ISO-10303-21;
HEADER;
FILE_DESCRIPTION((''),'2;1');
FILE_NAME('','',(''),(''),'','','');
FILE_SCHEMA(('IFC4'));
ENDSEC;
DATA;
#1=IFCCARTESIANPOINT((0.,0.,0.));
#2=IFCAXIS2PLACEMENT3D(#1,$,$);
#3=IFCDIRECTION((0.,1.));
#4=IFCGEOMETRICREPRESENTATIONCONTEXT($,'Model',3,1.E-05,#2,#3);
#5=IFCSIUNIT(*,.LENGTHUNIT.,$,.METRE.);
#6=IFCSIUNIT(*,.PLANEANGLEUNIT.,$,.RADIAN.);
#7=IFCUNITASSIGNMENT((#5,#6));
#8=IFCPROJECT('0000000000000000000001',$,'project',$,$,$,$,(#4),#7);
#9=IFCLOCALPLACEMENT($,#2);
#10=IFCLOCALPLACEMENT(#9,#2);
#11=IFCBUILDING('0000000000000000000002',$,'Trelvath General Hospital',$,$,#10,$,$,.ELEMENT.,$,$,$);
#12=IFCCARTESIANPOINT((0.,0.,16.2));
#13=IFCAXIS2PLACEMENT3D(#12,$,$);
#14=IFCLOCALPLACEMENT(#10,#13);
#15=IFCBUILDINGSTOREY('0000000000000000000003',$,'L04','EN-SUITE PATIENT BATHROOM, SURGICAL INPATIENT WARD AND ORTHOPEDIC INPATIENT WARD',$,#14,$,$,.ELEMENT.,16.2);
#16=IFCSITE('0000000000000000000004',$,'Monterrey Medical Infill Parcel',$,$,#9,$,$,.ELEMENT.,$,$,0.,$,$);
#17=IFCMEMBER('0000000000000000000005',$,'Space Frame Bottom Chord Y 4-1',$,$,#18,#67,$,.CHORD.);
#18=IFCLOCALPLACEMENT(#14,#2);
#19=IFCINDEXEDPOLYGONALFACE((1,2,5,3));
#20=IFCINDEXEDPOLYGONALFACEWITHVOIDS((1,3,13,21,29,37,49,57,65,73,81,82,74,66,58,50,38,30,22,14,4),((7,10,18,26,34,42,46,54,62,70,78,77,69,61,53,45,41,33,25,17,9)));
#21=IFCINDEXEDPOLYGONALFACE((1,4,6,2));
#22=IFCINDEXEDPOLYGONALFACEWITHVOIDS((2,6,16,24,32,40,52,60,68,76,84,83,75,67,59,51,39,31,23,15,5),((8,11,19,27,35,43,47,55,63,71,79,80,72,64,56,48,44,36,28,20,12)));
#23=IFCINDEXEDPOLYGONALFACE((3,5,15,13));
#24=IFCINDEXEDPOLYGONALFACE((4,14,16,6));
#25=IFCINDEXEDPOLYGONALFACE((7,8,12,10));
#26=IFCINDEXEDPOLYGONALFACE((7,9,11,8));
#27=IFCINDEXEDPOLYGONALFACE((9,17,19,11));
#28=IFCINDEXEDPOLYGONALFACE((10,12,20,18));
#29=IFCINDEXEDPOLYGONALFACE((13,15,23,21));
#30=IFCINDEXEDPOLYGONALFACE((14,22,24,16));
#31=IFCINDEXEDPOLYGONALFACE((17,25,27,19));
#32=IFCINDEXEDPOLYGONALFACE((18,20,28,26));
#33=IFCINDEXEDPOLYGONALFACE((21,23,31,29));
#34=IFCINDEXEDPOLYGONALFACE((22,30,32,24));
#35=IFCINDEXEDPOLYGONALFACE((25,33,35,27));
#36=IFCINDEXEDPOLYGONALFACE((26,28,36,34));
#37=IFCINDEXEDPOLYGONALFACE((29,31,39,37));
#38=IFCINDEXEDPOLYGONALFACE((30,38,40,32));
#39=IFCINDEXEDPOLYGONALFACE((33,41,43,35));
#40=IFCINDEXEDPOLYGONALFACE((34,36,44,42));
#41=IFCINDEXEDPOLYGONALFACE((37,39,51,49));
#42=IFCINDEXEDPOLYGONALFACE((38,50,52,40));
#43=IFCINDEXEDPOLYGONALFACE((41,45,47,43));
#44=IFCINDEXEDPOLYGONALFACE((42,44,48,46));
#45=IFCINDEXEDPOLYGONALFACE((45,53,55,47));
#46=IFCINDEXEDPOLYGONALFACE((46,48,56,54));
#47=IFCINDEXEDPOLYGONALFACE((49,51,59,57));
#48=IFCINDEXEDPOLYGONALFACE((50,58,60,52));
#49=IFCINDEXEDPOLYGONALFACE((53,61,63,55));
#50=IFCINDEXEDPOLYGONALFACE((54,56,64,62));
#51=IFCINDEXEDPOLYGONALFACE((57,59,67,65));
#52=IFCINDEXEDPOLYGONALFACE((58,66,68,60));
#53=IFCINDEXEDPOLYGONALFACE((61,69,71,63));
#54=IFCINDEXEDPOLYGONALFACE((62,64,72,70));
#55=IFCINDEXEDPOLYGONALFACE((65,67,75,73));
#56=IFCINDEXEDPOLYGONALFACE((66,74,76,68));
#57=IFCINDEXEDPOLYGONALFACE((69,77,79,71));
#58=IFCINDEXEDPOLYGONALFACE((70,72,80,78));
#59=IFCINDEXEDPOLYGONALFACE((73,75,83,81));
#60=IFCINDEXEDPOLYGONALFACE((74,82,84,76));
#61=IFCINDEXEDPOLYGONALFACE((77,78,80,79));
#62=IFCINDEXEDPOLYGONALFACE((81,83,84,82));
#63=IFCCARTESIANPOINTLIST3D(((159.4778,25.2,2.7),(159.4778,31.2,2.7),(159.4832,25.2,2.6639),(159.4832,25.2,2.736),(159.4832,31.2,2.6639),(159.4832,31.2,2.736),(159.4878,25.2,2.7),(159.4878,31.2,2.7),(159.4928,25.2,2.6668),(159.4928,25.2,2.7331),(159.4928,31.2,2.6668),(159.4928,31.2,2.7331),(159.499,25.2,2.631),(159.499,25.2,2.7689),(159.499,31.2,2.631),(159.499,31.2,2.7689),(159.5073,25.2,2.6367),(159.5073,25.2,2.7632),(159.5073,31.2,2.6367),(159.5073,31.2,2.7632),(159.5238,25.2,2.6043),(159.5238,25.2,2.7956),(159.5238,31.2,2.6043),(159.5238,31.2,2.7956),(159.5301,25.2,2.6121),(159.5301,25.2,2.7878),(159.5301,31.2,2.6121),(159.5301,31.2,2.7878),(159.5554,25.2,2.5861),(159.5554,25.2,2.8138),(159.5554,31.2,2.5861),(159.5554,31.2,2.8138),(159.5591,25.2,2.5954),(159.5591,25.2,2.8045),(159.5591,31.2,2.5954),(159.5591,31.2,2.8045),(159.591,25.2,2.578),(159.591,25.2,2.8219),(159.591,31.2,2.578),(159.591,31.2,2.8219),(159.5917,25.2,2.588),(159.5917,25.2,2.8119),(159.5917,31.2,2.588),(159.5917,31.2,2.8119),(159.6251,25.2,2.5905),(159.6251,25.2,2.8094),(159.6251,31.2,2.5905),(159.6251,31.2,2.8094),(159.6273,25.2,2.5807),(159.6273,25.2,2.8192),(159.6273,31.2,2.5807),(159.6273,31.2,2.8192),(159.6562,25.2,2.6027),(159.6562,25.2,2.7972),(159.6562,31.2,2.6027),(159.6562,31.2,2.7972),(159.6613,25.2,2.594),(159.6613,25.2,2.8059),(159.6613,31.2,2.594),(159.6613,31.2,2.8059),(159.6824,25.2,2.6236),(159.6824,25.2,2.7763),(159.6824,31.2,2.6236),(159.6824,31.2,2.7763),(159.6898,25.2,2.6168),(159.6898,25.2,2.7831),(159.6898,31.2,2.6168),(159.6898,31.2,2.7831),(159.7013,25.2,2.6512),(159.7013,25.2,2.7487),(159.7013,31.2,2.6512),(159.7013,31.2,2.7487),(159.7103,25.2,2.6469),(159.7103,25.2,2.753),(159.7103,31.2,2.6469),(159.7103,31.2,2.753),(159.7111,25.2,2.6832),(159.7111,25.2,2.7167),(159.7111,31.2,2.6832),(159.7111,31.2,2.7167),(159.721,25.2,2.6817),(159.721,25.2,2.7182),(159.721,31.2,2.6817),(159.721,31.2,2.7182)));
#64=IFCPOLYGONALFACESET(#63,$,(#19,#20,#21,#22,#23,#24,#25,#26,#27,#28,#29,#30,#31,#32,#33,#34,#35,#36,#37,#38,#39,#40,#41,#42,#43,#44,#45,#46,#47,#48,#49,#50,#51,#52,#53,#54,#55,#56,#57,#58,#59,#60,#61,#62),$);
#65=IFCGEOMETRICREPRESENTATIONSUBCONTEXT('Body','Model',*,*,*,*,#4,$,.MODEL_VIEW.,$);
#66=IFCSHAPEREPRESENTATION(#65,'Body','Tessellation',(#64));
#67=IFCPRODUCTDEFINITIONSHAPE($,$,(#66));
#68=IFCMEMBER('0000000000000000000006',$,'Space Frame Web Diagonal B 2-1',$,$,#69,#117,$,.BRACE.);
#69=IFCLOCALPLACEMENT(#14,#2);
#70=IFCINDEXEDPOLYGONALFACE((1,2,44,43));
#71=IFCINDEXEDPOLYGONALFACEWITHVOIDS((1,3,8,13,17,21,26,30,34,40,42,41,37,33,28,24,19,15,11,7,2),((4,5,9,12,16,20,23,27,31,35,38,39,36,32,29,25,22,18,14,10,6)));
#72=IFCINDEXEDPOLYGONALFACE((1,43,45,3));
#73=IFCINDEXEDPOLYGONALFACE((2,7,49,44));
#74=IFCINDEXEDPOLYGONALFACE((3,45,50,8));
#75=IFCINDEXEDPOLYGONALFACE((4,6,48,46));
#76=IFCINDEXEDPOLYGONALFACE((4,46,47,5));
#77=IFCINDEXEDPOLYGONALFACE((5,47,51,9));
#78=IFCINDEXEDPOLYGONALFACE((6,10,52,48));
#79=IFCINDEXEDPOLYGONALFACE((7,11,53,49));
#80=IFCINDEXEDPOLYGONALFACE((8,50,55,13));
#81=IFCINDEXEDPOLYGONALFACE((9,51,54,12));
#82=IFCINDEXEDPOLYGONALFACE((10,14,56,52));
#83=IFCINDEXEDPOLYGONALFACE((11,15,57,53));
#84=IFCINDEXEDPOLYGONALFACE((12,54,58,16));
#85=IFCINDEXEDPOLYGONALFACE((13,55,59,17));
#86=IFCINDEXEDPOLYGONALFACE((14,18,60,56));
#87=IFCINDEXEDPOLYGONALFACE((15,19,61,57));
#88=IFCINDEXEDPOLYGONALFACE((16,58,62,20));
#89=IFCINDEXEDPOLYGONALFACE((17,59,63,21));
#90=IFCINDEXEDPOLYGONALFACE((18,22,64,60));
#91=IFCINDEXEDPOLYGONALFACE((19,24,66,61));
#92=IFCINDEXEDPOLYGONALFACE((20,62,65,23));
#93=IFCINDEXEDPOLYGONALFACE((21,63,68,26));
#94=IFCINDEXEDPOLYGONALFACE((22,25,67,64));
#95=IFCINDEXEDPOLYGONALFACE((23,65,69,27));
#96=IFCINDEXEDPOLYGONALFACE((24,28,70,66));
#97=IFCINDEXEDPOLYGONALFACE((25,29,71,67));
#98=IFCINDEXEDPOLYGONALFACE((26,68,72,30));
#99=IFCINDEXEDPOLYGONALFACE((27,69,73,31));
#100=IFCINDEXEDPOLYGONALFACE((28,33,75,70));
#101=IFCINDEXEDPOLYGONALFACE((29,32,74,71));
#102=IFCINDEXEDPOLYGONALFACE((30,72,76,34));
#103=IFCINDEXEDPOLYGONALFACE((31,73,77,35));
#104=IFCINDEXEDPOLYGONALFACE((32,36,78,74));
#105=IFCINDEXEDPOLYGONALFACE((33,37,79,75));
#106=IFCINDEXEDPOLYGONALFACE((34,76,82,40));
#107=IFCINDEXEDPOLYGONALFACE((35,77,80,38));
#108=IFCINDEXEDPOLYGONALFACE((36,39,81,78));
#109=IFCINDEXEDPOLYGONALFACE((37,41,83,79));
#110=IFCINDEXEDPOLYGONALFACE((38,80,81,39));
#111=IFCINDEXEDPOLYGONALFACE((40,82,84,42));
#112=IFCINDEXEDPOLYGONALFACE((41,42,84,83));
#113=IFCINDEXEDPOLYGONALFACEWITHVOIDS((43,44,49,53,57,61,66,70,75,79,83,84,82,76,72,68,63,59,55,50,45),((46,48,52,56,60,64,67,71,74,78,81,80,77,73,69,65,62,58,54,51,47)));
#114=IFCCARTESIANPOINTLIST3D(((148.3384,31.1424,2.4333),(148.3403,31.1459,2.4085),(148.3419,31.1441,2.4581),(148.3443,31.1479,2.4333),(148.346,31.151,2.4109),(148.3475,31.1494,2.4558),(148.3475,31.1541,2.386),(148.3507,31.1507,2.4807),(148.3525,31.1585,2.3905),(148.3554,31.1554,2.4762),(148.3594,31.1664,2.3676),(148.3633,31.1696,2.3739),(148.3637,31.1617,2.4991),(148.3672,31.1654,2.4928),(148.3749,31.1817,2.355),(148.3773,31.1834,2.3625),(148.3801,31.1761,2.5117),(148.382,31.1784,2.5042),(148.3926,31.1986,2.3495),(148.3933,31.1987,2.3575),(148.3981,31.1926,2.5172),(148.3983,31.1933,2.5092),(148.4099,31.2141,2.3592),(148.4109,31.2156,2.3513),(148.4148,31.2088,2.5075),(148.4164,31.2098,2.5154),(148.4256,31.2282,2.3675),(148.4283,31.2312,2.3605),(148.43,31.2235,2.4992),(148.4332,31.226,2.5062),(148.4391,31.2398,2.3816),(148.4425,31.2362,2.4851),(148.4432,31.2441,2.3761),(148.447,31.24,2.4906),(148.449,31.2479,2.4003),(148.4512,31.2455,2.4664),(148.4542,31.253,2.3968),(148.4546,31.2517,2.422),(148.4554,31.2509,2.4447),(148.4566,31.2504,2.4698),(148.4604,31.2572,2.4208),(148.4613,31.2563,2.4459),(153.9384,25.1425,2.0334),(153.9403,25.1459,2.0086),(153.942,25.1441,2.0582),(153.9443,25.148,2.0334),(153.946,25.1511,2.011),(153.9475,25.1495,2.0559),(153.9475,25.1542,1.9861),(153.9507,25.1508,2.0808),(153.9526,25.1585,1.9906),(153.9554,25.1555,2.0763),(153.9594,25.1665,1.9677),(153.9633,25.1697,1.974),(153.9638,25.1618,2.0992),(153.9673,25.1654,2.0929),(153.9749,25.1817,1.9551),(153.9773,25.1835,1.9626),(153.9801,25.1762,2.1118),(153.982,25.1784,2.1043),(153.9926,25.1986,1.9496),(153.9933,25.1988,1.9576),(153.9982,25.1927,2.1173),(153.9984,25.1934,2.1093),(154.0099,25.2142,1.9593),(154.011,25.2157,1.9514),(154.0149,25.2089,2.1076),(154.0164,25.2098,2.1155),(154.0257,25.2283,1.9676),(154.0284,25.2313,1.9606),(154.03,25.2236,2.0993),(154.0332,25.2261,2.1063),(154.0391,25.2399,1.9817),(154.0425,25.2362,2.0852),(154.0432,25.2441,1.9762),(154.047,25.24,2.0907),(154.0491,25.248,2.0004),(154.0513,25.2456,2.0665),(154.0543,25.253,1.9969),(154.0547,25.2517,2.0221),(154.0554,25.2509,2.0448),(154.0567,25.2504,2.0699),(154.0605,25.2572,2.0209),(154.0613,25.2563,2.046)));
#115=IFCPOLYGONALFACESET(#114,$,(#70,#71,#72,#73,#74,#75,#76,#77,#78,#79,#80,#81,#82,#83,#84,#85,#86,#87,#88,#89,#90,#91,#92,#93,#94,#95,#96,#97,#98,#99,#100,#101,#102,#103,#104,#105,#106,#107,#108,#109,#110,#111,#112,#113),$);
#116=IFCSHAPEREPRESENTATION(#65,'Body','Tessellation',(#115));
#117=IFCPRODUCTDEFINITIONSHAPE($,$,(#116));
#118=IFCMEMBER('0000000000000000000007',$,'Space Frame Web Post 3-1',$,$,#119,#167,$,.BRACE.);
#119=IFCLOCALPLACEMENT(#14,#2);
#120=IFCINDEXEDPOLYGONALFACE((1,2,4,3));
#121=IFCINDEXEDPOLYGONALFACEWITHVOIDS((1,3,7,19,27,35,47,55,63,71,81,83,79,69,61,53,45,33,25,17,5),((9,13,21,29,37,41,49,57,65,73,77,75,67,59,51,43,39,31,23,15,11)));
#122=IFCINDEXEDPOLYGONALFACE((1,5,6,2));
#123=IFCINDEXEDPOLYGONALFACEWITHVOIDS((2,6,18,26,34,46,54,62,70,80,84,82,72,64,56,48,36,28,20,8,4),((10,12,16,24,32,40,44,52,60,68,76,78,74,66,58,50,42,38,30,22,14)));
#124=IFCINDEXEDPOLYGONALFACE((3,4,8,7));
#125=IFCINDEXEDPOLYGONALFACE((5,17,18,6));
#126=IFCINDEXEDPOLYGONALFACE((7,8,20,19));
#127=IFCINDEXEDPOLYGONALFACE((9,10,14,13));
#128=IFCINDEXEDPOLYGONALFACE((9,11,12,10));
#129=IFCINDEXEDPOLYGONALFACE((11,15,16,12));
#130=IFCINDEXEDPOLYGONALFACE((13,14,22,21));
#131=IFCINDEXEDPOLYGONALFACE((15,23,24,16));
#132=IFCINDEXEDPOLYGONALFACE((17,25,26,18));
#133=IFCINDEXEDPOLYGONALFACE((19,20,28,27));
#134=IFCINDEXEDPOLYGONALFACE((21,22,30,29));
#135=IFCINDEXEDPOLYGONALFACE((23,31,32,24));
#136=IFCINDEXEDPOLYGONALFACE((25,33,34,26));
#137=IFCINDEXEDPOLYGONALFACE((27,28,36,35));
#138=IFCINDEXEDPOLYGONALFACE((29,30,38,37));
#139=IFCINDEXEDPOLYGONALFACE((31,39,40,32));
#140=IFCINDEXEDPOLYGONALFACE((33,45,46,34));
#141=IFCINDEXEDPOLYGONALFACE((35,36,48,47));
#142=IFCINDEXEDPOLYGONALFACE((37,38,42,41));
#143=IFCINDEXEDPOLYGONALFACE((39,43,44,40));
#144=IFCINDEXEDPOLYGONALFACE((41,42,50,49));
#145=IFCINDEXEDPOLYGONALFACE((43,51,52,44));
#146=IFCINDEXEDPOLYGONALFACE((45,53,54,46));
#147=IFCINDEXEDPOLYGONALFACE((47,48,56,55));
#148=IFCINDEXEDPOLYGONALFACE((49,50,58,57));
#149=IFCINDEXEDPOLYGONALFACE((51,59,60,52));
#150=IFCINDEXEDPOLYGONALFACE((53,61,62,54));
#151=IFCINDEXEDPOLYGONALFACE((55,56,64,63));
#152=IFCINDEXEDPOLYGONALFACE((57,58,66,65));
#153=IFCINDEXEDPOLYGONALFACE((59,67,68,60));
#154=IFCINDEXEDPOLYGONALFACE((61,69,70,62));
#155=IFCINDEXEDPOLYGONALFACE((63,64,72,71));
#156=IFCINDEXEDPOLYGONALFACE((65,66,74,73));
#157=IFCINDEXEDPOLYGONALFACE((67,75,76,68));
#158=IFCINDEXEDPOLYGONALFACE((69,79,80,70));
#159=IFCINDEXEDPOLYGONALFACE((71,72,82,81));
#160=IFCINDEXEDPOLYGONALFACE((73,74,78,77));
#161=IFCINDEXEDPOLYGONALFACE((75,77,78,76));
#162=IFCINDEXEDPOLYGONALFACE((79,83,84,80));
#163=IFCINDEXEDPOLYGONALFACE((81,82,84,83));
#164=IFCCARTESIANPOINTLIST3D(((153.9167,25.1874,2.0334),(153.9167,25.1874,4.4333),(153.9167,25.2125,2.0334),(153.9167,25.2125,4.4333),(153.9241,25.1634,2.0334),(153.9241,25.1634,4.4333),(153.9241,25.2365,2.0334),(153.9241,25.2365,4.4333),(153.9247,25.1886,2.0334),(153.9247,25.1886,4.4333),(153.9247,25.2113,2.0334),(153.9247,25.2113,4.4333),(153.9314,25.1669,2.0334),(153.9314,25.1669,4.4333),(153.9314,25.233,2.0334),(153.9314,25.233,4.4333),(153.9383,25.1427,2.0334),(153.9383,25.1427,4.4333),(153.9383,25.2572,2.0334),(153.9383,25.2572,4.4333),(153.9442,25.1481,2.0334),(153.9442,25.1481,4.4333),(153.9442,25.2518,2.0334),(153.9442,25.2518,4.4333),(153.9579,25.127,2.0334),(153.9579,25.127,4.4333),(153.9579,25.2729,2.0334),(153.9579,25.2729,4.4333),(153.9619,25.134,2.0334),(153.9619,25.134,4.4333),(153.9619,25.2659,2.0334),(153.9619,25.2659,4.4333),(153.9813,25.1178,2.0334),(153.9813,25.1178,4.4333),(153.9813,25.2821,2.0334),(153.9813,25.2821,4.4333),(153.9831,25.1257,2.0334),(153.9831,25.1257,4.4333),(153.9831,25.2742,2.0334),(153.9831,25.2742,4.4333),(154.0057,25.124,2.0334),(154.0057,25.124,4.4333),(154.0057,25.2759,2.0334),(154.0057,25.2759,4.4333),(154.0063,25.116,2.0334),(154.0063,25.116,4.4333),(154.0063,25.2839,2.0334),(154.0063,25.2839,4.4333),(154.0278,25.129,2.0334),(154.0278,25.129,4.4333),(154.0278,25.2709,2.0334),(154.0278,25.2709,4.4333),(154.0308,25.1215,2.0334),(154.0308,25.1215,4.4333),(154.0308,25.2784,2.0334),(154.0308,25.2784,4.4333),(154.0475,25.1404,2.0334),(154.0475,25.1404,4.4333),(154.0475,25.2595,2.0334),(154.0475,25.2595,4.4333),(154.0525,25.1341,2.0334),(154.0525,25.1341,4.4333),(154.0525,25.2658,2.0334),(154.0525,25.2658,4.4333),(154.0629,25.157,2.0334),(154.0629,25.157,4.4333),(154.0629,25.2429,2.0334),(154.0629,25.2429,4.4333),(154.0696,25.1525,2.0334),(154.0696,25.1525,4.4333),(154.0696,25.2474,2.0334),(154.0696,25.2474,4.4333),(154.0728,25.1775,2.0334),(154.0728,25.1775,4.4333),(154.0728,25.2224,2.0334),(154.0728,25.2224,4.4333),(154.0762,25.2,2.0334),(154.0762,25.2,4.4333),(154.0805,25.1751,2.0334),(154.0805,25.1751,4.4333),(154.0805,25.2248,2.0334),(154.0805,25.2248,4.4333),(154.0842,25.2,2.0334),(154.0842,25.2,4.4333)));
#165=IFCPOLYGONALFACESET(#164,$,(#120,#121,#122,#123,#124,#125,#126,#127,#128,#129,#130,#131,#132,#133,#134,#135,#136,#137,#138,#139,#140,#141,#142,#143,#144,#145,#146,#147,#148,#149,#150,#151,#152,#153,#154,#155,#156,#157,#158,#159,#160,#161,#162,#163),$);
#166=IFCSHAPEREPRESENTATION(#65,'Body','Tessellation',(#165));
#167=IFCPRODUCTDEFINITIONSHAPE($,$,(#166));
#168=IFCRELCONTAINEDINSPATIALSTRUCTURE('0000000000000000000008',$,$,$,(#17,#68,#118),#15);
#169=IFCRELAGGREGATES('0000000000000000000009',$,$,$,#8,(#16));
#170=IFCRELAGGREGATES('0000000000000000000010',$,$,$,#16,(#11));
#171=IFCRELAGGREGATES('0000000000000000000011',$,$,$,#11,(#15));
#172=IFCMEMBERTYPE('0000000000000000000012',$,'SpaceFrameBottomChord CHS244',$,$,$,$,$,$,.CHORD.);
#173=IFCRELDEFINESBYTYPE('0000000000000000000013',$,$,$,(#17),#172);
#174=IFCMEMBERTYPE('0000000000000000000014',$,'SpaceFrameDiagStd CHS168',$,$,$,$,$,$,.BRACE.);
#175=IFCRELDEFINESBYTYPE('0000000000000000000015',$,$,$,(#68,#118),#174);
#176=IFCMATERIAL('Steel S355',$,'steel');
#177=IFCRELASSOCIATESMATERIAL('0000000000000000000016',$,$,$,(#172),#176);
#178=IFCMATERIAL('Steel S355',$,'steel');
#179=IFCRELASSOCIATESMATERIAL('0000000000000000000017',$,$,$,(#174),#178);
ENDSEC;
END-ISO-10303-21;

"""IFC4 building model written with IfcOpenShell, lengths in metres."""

from ifc_helpers import new_model, si_unit, direction, frame, origin, origin_2d, place, context, subcontext, project, spatial, hollow_circle, extrude, material, material_profile, profile_set, type_object, element, save


model = new_model("IFC4")

# Units and contexts
model_context = context("Model", 3, precision=1e-05, world=origin(), true_north=direction((0.0, 1.0)))
body_context = subcontext(model_context, "Body", "Model", "MODEL_VIEW")
ifc_project = project(units=[si_unit("LENGTHUNIT", "METRE"), si_unit("PLANEANGLEUNIT", "RADIAN")], contexts=[model_context])

# Site, building, storey
site_placement = place(None, origin())
site = spatial("IfcSite", under=ifc_project, at=site_placement, Name="Monterrey Medical Infill Parcel", CompositionType="ELEMENT", RefElevation=0.0)
building_placement = place(site_placement, origin())
building = spatial("IfcBuilding", under=site, at=building_placement, Name="Trelvath General Hospital", CompositionType="ELEMENT")
storey_placement = place(building_placement, frame((0.0, 0.0, 16.2)))
storey = spatial("IfcBuildingStorey", under=building, at=storey_placement, Name="L04", Description="EN-SUITE PATIENT BATHROOM, SURGICAL INPATIENT WARD AND ORTHOPEDIC INPATIENT WARD", CompositionType="ELEMENT", Elevation=16.2)

# Members
ifc_material_1 = material(Name="Steel S355", Category="steel")
ifc_material_profile_1 = material_profile(ifc_material_1, hollow_circle(Radius=0.1223, WallThickness=0.01, at=origin_2d()), Name="CHS244.5x10.0")
ifc_profile_set_1 = profile_set([ifc_material_profile_1], Name="Steel S355")
member_type_1 = type_object("IfcMemberType", Name="SpaceFrameBottomChord CHS244", PredefinedType="CHORD", material=ifc_profile_set_1)
for number, where, z_axis, x_axis, name in (
    (1, (159.6001, 25.2, 2.7), (0.0, 1.0, 0.0), (-1.0, 0.0, 0.0), "Space Frame Bottom Chord Y 4-1"),
):
    element("IfcMember", number, at=place(storey_placement, frame(where, z_axis=z_axis, x_axis=x_axis)), inside=storey, type_object=member_type_1, Name=name, PredefinedType="CHORD", context=body_context, shape_type="SweptSolid", body=[
        extrude(hollow_circle(Radius=0.1223, WallThickness=0.01, at=origin_2d()), origin(), (0.0, 0.0, 1.0), 6.0),
    ])
ifc_material_2 = material(Name="Steel S355", Category="steel")
ifc_material_profile_2 = material_profile(ifc_material_2, hollow_circle(Radius=0.0842, WallThickness=0.0081, at=origin_2d()), Name="CHS168.3x8.0")
ifc_profile_set_2 = profile_set([ifc_material_profile_2], Name="Steel S355")
member_type_2 = type_object("IfcMemberType", Name="SpaceFrameDiagStd CHS168", PredefinedType="BRACE", material=ifc_profile_set_2)
member_1_placement = place(storey_placement, frame((154.0, 25.2, 2.0334), z_axis=(-0.681516, 0.730183, 0.048667), x_axis=(-0.731049, -0.682325, 0.0)))
element("IfcMember", 2, at=member_1_placement, inside=storey, type_object=member_type_2, Name="Space Frame Web Diagonal B 2-1", PredefinedType="BRACE", context=body_context, shape_type="SweptSolid", body=[
    extrude(hollow_circle(Radius=0.0842, WallThickness=0.0081, at=origin_2d()), origin(), (0.0, 0.0, 1.0), 8.217),
])
member_2_placement = place(storey_placement, frame((154.0, 25.2, 2.0334), z_axis=(0.0, 0.0, 1.0), x_axis=(1.0, 0.0, 0.0)))
element("IfcMember", 3, at=member_2_placement, inside=storey, type_object=member_type_2, Name="Space Frame Web Post 3-1", PredefinedType="BRACE", context=body_context, shape_type="SweptSolid", body=[
    extrude(hollow_circle(Radius=0.0842, WallThickness=0.0081, at=origin_2d()), origin(), (0.0, 0.0, 1.0), 2.3999),
])

save(model, "model.ifc")
